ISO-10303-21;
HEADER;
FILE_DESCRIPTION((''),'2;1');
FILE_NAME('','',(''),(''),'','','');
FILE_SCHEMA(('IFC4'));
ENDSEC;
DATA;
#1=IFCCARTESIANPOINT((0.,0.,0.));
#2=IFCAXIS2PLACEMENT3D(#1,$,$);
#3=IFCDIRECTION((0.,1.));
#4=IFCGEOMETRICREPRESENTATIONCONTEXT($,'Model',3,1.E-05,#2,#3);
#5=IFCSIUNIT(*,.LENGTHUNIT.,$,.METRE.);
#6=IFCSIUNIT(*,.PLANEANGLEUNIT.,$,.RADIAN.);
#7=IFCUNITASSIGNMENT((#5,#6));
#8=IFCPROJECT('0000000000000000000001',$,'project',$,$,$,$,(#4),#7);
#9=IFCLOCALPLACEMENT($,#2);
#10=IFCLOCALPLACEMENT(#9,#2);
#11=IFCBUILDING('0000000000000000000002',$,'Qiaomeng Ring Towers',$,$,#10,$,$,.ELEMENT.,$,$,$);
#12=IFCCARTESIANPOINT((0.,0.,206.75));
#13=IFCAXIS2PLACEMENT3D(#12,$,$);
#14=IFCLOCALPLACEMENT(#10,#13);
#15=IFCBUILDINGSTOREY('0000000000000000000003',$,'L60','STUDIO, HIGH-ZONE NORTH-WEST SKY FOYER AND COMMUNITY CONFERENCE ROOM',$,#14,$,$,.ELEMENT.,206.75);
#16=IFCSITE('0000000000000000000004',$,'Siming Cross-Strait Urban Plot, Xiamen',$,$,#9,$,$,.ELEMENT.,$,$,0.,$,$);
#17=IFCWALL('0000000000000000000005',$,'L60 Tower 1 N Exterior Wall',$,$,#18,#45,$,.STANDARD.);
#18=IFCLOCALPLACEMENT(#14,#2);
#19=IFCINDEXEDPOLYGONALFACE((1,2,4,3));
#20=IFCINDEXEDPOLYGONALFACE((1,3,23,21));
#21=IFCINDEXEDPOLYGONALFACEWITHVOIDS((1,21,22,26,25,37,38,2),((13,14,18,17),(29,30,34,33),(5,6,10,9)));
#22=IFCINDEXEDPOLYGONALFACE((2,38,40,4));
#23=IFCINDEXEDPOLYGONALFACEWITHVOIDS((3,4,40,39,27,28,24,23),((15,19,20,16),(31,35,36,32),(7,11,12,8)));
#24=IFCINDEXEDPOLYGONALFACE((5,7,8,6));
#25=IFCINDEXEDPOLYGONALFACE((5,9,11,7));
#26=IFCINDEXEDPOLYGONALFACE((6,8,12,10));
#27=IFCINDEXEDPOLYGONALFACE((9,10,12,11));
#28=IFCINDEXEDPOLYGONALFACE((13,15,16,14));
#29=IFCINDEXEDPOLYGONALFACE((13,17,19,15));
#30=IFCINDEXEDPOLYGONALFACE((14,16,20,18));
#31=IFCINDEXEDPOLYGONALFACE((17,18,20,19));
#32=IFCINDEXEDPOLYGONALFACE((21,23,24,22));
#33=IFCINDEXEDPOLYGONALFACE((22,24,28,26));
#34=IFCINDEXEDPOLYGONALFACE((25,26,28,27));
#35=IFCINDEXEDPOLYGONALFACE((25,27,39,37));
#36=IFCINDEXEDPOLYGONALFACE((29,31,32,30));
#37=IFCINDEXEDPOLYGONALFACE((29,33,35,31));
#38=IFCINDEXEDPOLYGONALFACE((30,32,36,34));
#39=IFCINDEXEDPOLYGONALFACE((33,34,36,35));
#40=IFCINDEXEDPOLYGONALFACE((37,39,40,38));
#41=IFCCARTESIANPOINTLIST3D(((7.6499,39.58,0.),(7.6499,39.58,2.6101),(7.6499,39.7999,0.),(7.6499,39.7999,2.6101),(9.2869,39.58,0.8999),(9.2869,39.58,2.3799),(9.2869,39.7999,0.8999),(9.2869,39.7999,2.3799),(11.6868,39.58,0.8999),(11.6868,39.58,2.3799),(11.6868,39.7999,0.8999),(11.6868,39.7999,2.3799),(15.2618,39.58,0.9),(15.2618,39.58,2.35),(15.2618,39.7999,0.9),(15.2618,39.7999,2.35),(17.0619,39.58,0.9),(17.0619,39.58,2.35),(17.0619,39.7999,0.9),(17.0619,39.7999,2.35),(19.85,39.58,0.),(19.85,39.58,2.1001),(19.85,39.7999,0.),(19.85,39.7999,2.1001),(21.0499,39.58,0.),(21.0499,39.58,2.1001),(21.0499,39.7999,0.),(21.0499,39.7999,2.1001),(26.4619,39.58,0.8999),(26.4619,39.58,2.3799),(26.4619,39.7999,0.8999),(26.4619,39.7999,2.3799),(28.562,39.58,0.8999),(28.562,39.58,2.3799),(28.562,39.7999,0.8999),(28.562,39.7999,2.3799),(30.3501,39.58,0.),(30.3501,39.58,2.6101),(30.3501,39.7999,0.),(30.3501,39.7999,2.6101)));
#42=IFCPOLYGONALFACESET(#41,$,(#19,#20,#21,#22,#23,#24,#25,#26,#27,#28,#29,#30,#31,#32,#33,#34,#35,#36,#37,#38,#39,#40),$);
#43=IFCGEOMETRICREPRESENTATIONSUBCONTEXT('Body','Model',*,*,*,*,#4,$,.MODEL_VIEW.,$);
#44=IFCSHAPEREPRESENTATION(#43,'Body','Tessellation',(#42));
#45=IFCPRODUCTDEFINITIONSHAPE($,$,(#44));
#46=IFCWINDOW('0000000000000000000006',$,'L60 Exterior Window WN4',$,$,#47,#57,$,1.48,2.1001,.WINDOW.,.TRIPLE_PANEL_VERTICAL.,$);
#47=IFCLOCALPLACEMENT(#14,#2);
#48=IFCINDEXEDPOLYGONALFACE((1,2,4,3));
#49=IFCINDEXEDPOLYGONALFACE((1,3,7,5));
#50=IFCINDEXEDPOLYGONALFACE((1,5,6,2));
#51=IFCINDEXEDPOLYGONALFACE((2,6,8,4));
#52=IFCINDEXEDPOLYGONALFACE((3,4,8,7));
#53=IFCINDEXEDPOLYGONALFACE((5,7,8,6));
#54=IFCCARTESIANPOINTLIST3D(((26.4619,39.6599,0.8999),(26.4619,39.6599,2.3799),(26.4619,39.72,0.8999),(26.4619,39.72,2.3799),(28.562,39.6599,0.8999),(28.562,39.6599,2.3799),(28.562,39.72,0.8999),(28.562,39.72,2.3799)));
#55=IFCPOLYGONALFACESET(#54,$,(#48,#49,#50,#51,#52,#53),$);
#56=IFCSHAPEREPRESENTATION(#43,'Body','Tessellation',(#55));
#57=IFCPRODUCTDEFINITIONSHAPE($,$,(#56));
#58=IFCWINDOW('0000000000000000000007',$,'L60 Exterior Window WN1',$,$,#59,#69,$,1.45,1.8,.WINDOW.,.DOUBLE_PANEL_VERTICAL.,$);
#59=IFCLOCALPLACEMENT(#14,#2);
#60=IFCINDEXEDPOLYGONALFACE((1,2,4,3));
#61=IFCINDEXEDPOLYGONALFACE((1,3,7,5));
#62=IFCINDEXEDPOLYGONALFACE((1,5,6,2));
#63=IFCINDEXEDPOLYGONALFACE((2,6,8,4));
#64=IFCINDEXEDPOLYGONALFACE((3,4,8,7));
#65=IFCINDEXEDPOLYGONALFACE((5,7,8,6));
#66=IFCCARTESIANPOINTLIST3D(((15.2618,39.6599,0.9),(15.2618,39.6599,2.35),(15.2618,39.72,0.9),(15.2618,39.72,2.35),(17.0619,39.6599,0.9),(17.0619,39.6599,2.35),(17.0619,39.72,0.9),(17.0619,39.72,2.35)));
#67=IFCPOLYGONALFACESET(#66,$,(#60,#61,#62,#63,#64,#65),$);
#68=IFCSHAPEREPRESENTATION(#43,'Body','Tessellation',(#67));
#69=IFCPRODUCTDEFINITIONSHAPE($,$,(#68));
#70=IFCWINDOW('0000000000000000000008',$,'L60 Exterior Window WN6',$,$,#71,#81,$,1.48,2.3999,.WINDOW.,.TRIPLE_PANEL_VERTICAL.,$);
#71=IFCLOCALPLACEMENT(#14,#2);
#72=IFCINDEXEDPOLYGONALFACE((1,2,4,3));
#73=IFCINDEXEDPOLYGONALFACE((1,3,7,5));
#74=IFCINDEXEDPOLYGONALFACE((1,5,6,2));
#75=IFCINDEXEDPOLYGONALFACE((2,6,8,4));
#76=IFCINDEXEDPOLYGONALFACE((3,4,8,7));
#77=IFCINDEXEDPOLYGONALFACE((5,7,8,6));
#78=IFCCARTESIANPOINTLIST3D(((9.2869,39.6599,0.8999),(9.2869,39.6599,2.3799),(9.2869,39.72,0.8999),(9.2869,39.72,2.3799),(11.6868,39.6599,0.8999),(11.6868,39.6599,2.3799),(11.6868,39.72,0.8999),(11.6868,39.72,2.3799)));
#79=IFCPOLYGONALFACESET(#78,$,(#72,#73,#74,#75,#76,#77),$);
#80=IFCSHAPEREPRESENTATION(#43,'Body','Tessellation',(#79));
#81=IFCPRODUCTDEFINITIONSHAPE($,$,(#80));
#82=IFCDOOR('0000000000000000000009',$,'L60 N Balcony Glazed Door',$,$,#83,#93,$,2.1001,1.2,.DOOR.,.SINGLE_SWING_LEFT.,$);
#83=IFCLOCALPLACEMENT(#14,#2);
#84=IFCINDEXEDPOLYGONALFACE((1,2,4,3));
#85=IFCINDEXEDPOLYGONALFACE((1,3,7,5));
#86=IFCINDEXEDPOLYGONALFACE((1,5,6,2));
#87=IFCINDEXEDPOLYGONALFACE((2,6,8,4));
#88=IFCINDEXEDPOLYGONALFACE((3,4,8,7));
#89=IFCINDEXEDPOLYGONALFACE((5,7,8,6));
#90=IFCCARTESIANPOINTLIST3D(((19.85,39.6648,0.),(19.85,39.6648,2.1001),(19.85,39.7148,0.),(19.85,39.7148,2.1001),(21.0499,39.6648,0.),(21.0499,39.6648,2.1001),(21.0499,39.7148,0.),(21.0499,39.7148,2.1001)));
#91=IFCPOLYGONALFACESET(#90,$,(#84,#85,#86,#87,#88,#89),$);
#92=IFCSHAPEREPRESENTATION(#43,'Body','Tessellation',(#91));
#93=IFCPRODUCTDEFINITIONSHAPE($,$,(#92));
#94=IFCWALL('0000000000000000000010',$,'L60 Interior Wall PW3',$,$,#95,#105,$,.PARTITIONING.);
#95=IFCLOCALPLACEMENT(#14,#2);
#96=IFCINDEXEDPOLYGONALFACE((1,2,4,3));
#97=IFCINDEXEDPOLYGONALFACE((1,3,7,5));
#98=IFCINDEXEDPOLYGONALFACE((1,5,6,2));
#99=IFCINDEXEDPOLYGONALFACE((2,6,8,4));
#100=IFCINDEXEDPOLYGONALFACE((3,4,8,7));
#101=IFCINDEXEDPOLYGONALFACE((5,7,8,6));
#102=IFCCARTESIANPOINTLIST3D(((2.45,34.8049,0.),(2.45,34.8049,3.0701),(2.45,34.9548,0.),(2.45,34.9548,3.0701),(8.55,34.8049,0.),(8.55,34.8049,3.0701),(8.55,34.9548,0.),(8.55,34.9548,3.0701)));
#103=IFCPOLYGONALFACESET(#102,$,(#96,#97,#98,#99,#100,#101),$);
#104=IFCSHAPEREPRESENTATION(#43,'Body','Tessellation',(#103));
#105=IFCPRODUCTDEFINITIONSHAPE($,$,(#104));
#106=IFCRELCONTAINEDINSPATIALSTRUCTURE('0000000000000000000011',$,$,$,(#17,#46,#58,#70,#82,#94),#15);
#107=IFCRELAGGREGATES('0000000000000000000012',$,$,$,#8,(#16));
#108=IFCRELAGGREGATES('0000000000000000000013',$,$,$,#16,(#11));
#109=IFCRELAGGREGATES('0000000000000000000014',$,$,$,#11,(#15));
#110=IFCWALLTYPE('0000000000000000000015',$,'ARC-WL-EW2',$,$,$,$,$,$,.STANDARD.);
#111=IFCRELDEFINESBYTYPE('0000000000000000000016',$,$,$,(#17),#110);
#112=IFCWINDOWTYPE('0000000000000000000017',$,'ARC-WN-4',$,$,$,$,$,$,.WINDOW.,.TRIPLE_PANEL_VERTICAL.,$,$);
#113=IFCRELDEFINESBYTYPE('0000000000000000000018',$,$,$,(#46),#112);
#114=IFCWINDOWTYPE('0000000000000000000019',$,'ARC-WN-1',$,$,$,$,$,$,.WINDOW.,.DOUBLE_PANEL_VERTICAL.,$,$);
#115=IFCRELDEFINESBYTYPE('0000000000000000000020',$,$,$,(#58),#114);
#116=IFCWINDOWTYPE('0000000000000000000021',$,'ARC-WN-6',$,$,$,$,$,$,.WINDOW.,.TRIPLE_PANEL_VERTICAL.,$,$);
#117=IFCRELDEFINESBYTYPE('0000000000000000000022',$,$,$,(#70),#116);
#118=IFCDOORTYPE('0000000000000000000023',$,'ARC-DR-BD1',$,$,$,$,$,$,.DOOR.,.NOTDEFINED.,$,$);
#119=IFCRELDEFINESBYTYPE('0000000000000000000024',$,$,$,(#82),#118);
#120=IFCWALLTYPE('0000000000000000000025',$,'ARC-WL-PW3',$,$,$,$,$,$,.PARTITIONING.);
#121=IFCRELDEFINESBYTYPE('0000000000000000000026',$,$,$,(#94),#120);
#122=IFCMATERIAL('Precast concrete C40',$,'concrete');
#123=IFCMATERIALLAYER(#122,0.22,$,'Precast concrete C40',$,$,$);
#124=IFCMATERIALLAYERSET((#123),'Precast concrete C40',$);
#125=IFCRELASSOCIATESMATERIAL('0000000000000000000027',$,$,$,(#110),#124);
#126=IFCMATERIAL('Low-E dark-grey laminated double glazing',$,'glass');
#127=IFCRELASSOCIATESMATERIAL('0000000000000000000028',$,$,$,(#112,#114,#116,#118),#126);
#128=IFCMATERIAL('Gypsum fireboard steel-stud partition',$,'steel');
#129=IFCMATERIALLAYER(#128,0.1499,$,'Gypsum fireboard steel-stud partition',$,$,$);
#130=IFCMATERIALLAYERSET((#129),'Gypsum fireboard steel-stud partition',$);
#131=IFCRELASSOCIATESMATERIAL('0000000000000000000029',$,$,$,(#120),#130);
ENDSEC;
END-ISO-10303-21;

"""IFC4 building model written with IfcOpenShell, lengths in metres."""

from ifc_helpers import new_model, si_unit, direction, frame, frame_2d, origin, place, context, subcontext, project, spatial, rectangle, extrude, source, transform, mapped, material, layer, layer_set, type_object, element, fill, save


model = new_model("IFC4")

# Units and contexts
model_context = context("Model", 3, precision=1e-05, world=origin(), true_north=direction((0.0, 1.0)))
body_context = subcontext(model_context, "Body", "Model", "MODEL_VIEW")
ifc_project = project(units=[si_unit("LENGTHUNIT", "METRE"), si_unit("PLANEANGLEUNIT", "RADIAN")], contexts=[model_context])

# Site, building, storey
site_placement = place(None, origin())
site = spatial("IfcSite", under=ifc_project, at=site_placement, Name="Siming Cross-Strait Urban Plot, Xiamen", CompositionType="ELEMENT", RefElevation=0.0)
building_placement = place(site_placement, origin())
building = spatial("IfcBuilding", under=site, at=building_placement, Name="Qiaomeng Ring Towers", CompositionType="ELEMENT")
storey_placement = place(building_placement, frame((0.0, 0.0, 206.75)))
storey = spatial("IfcBuildingStorey", under=building, at=storey_placement, Name="L60", Description="STUDIO, HIGH-ZONE NORTH-WEST SKY FOYER AND COMMUNITY CONFERENCE ROOM", CompositionType="ELEMENT", Elevation=206.75)

# Shared definitions
ifc_material_1 = material(Name="Low-E dark-grey laminated double glazing", Category="glass")

# Wall, openings, windows, door
ifc_material_2 = material(Name="Precast concrete C40", Category="concrete")
ifc_layer_1 = layer(ifc_material_2, 0.22, Name="Precast concrete C40")
ifc_layer_set_1 = layer_set([ifc_layer_1], Name="Precast concrete C40")
wall_type_1 = type_object("IfcWallType", Name="ARC-WL-EW2", PredefinedType="STANDARD", material=ifc_layer_set_1)
wall_1_placement = place(storey_placement, frame((7.6499, 39.6899, 0.0), z_axis=(0.0, 0.0, 1.0), x_axis=(1.0, 0.0, 0.0)))
wall_1 = element("IfcWall", 1, at=wall_1_placement, inside=storey, type_object=wall_type_1, Name="L60 Tower 1 N Exterior Wall", PredefinedType="STANDARD", context=body_context, shape_type="SweptSolid", body=[
    extrude(rectangle(XDim=22.7002, YDim=0.22, at=frame_2d((11.3501, 0.0))), origin(), (0.0, 0.0, 1.0), 2.6101),
])
opening_1_placement = place(wall_1_placement, frame((12.2, 0.0, 0.0)))
opening_1 = element("IfcOpeningElement", 2, at=opening_1_placement, cuts=wall_1, PredefinedType="OPENING", context=body_context, shape_type="SweptSolid", body=[
    extrude(rectangle(XDim=1.2, YDim=2.1001, at=frame_2d((0.6001, 1.05))), frame((0.0, 0.1199, 0.0), z_axis=(0.0, -1.0, 0.0), x_axis=(1.0, 0.0, 0.0)), (0.0, 0.0, 1.0), 0.24),
])
opening_2_placement = place(wall_1_placement, frame((1.637, 0.0, 0.8999)))
opening_2 = element("IfcOpeningElement", 3, at=opening_2_placement, cuts=wall_1, PredefinedType="OPENING", context=body_context, shape_type="SweptSolid", body=[
    extrude(rectangle(XDim=2.3999, YDim=1.48, at=frame_2d((1.2, 0.74))), frame((0.0, 0.1199, 0.0), z_axis=(0.0, -1.0, 0.0), x_axis=(1.0, 0.0, 0.0)), (0.0, 0.0, 1.0), 0.24),
])
opening_3_placement = place(wall_1_placement, frame((7.6121, 0.0, 0.8999)))
opening_3 = element("IfcOpeningElement", 4, at=opening_3_placement, cuts=wall_1, PredefinedType="OPENING", context=body_context, shape_type="SweptSolid", body=[
    extrude(rectangle(XDim=1.8, YDim=1.45, at=frame_2d((0.8999, 0.7251))), frame((0.0, 0.1199, 0.0), z_axis=(0.0, -1.0, 0.0), x_axis=(1.0, 0.0, 0.0)), (0.0, 0.0, 1.0), 0.24),
])
opening_4_placement = place(wall_1_placement, frame((18.812, 0.0, 0.8999)))
opening_4 = element("IfcOpeningElement", 5, at=opening_4_placement, cuts=wall_1, PredefinedType="OPENING", context=body_context, shape_type="SweptSolid", body=[
    extrude(rectangle(XDim=2.1001, YDim=1.48, at=frame_2d((1.05, 0.74))), frame((0.0, 0.1199, 0.0), z_axis=(0.0, -1.0, 0.0), x_axis=(1.0, 0.0, 0.0)), (0.0, 0.0, 1.0), 0.24),
])
window_type_1 = type_object("IfcWindowType", Name="ARC-WN-4", PartitioningType="TRIPLE_PANEL_VERTICAL", PredefinedType="WINDOW", material=ifc_material_1)
shared_shape_1 = source(origin(), body_context, "Body", "SweptSolid", [
    extrude(rectangle(XDim=2.1001, YDim=1.48, at=frame_2d((1.05, 0.74))), frame((0.0, 0.03, 0.0), z_axis=(0.0, -1.0, 0.0), x_axis=(1.0, 0.0, 0.0)), (0.0, 0.0, 1.0), 0.0601),
])
window_1_placement = place(opening_4_placement, origin())
window_1 = element("IfcWindow", 6, at=window_1_placement, inside=storey, type_object=window_type_1, Name="L60 Exterior Window WN4", OverallHeight=1.48, OverallWidth=2.1001, PartitioningType="TRIPLE_PANEL_VERTICAL", PredefinedType="WINDOW", context=body_context, shape_type="MappedRepresentation", body=[
    mapped(shared_shape_1, transform((0.0, 0.0, 0.0), x_axis=(1.0, 0.0, 0.0), y_axis=(0.0, 1.0, 0.0), z_axis=(0.0, 0.0, 1.0), scale=1.0)),
])
fill(opening_4, window_1)
window_type_2 = type_object("IfcWindowType", Name="ARC-WN-1", PartitioningType="DOUBLE_PANEL_VERTICAL", PredefinedType="WINDOW", material=ifc_material_1)
shared_shape_2 = source(origin(), body_context, "Body", "SweptSolid", [
    extrude(rectangle(XDim=1.8, YDim=1.45, at=frame_2d((0.8999, 0.7251))), frame((0.0, 0.03, 0.0), z_axis=(0.0, -1.0, 0.0), x_axis=(1.0, 0.0, 0.0)), (0.0, 0.0, 1.0), 0.0601),
])
window_2_placement = place(opening_3_placement, origin())
window_2 = element("IfcWindow", 7, at=window_2_placement, inside=storey, type_object=window_type_2, Name="L60 Exterior Window WN1", OverallHeight=1.45, OverallWidth=1.8, PartitioningType="DOUBLE_PANEL_VERTICAL", PredefinedType="WINDOW", context=body_context, shape_type="MappedRepresentation", body=[
    mapped(shared_shape_2, transform((0.0, 0.0, 0.0), x_axis=(1.0, 0.0, 0.0), y_axis=(0.0, 1.0, 0.0), z_axis=(0.0, 0.0, 1.0), scale=1.0)),
])
fill(opening_3, window_2)
window_type_3 = type_object("IfcWindowType", Name="ARC-WN-6", PartitioningType="TRIPLE_PANEL_VERTICAL", PredefinedType="WINDOW", material=ifc_material_1)
shared_shape_3 = source(origin(), body_context, "Body", "SweptSolid", [
    extrude(rectangle(XDim=2.3999, YDim=1.48, at=frame_2d((1.2, 0.74))), frame((0.0, 0.03, 0.0), z_axis=(0.0, -1.0, 0.0), x_axis=(1.0, 0.0, 0.0)), (0.0, 0.0, 1.0), 0.0601),
])
window_3_placement = place(opening_2_placement, origin())
window_3 = element("IfcWindow", 8, at=window_3_placement, inside=storey, type_object=window_type_3, Name="L60 Exterior Window WN6", OverallHeight=1.48, OverallWidth=2.3999, PartitioningType="TRIPLE_PANEL_VERTICAL", PredefinedType="WINDOW", context=body_context, shape_type="MappedRepresentation", body=[
    mapped(shared_shape_3, transform((0.0, 0.0, 0.0), x_axis=(1.0, 0.0, 0.0), y_axis=(0.0, 1.0, 0.0), z_axis=(0.0, 0.0, 1.0), scale=1.0)),
])
fill(opening_2, window_3)
door_type_1 = type_object("IfcDoorType", Name="ARC-DR-BD1", OperationType="NOTDEFINED", PredefinedType="DOOR", material=ifc_material_1)
shared_shape_4 = source(origin(), body_context, "Body", "SweptSolid", [
    extrude(rectangle(XDim=1.2, YDim=2.1001, at=frame_2d((0.6001, 1.05))), frame((0.0, 0.0249, 0.0), z_axis=(0.0, -1.0, 0.0), x_axis=(1.0, 0.0, 0.0)), (0.0, 0.0, 1.0), 0.05),
])
door_1_placement = place(opening_1_placement, origin())
door_1 = element("IfcDoor", 9, at=door_1_placement, inside=storey, type_object=door_type_1, Name="L60 N Balcony Glazed Door", OperationType="SINGLE_SWING_LEFT", OverallHeight=2.1001, OverallWidth=1.2, PredefinedType="DOOR", context=body_context, shape_type="MappedRepresentation", body=[
    mapped(shared_shape_4, transform((0.0, 0.0, 0.0), x_axis=(1.0, 0.0, 0.0), y_axis=(0.0, 1.0, 0.0), z_axis=(0.0, 0.0, 1.0), scale=1.0)),
])
fill(opening_1, door_1)

# Wall
ifc_material_3 = material(Name="Gypsum fireboard steel-stud partition", Category="steel")
ifc_layer_2 = layer(ifc_material_3, 0.1499, Name="Gypsum fireboard steel-stud partition")
ifc_layer_set_2 = layer_set([ifc_layer_2], Name="Gypsum fireboard steel-stud partition")
wall_type_2 = type_object("IfcWallType", Name="ARC-WL-PW3", PredefinedType="PARTITIONING", material=ifc_layer_set_2)
wall_2_placement = place(storey_placement, frame((2.45, 34.8799, 0.0), z_axis=(0.0, 0.0, 1.0), x_axis=(1.0, 0.0, 0.0)))
element("IfcWall", 10, at=wall_2_placement, inside=storey, type_object=wall_type_2, Name="L60 Interior Wall PW3", PredefinedType="PARTITIONING", context=body_context, shape_type="SweptSolid", body=[
    extrude(rectangle(XDim=6.1001, YDim=0.1499, at=frame_2d((3.05, 0.0))), origin(), (0.0, 0.0, 1.0), 3.0701),
])

save(model, "model.ifc")
